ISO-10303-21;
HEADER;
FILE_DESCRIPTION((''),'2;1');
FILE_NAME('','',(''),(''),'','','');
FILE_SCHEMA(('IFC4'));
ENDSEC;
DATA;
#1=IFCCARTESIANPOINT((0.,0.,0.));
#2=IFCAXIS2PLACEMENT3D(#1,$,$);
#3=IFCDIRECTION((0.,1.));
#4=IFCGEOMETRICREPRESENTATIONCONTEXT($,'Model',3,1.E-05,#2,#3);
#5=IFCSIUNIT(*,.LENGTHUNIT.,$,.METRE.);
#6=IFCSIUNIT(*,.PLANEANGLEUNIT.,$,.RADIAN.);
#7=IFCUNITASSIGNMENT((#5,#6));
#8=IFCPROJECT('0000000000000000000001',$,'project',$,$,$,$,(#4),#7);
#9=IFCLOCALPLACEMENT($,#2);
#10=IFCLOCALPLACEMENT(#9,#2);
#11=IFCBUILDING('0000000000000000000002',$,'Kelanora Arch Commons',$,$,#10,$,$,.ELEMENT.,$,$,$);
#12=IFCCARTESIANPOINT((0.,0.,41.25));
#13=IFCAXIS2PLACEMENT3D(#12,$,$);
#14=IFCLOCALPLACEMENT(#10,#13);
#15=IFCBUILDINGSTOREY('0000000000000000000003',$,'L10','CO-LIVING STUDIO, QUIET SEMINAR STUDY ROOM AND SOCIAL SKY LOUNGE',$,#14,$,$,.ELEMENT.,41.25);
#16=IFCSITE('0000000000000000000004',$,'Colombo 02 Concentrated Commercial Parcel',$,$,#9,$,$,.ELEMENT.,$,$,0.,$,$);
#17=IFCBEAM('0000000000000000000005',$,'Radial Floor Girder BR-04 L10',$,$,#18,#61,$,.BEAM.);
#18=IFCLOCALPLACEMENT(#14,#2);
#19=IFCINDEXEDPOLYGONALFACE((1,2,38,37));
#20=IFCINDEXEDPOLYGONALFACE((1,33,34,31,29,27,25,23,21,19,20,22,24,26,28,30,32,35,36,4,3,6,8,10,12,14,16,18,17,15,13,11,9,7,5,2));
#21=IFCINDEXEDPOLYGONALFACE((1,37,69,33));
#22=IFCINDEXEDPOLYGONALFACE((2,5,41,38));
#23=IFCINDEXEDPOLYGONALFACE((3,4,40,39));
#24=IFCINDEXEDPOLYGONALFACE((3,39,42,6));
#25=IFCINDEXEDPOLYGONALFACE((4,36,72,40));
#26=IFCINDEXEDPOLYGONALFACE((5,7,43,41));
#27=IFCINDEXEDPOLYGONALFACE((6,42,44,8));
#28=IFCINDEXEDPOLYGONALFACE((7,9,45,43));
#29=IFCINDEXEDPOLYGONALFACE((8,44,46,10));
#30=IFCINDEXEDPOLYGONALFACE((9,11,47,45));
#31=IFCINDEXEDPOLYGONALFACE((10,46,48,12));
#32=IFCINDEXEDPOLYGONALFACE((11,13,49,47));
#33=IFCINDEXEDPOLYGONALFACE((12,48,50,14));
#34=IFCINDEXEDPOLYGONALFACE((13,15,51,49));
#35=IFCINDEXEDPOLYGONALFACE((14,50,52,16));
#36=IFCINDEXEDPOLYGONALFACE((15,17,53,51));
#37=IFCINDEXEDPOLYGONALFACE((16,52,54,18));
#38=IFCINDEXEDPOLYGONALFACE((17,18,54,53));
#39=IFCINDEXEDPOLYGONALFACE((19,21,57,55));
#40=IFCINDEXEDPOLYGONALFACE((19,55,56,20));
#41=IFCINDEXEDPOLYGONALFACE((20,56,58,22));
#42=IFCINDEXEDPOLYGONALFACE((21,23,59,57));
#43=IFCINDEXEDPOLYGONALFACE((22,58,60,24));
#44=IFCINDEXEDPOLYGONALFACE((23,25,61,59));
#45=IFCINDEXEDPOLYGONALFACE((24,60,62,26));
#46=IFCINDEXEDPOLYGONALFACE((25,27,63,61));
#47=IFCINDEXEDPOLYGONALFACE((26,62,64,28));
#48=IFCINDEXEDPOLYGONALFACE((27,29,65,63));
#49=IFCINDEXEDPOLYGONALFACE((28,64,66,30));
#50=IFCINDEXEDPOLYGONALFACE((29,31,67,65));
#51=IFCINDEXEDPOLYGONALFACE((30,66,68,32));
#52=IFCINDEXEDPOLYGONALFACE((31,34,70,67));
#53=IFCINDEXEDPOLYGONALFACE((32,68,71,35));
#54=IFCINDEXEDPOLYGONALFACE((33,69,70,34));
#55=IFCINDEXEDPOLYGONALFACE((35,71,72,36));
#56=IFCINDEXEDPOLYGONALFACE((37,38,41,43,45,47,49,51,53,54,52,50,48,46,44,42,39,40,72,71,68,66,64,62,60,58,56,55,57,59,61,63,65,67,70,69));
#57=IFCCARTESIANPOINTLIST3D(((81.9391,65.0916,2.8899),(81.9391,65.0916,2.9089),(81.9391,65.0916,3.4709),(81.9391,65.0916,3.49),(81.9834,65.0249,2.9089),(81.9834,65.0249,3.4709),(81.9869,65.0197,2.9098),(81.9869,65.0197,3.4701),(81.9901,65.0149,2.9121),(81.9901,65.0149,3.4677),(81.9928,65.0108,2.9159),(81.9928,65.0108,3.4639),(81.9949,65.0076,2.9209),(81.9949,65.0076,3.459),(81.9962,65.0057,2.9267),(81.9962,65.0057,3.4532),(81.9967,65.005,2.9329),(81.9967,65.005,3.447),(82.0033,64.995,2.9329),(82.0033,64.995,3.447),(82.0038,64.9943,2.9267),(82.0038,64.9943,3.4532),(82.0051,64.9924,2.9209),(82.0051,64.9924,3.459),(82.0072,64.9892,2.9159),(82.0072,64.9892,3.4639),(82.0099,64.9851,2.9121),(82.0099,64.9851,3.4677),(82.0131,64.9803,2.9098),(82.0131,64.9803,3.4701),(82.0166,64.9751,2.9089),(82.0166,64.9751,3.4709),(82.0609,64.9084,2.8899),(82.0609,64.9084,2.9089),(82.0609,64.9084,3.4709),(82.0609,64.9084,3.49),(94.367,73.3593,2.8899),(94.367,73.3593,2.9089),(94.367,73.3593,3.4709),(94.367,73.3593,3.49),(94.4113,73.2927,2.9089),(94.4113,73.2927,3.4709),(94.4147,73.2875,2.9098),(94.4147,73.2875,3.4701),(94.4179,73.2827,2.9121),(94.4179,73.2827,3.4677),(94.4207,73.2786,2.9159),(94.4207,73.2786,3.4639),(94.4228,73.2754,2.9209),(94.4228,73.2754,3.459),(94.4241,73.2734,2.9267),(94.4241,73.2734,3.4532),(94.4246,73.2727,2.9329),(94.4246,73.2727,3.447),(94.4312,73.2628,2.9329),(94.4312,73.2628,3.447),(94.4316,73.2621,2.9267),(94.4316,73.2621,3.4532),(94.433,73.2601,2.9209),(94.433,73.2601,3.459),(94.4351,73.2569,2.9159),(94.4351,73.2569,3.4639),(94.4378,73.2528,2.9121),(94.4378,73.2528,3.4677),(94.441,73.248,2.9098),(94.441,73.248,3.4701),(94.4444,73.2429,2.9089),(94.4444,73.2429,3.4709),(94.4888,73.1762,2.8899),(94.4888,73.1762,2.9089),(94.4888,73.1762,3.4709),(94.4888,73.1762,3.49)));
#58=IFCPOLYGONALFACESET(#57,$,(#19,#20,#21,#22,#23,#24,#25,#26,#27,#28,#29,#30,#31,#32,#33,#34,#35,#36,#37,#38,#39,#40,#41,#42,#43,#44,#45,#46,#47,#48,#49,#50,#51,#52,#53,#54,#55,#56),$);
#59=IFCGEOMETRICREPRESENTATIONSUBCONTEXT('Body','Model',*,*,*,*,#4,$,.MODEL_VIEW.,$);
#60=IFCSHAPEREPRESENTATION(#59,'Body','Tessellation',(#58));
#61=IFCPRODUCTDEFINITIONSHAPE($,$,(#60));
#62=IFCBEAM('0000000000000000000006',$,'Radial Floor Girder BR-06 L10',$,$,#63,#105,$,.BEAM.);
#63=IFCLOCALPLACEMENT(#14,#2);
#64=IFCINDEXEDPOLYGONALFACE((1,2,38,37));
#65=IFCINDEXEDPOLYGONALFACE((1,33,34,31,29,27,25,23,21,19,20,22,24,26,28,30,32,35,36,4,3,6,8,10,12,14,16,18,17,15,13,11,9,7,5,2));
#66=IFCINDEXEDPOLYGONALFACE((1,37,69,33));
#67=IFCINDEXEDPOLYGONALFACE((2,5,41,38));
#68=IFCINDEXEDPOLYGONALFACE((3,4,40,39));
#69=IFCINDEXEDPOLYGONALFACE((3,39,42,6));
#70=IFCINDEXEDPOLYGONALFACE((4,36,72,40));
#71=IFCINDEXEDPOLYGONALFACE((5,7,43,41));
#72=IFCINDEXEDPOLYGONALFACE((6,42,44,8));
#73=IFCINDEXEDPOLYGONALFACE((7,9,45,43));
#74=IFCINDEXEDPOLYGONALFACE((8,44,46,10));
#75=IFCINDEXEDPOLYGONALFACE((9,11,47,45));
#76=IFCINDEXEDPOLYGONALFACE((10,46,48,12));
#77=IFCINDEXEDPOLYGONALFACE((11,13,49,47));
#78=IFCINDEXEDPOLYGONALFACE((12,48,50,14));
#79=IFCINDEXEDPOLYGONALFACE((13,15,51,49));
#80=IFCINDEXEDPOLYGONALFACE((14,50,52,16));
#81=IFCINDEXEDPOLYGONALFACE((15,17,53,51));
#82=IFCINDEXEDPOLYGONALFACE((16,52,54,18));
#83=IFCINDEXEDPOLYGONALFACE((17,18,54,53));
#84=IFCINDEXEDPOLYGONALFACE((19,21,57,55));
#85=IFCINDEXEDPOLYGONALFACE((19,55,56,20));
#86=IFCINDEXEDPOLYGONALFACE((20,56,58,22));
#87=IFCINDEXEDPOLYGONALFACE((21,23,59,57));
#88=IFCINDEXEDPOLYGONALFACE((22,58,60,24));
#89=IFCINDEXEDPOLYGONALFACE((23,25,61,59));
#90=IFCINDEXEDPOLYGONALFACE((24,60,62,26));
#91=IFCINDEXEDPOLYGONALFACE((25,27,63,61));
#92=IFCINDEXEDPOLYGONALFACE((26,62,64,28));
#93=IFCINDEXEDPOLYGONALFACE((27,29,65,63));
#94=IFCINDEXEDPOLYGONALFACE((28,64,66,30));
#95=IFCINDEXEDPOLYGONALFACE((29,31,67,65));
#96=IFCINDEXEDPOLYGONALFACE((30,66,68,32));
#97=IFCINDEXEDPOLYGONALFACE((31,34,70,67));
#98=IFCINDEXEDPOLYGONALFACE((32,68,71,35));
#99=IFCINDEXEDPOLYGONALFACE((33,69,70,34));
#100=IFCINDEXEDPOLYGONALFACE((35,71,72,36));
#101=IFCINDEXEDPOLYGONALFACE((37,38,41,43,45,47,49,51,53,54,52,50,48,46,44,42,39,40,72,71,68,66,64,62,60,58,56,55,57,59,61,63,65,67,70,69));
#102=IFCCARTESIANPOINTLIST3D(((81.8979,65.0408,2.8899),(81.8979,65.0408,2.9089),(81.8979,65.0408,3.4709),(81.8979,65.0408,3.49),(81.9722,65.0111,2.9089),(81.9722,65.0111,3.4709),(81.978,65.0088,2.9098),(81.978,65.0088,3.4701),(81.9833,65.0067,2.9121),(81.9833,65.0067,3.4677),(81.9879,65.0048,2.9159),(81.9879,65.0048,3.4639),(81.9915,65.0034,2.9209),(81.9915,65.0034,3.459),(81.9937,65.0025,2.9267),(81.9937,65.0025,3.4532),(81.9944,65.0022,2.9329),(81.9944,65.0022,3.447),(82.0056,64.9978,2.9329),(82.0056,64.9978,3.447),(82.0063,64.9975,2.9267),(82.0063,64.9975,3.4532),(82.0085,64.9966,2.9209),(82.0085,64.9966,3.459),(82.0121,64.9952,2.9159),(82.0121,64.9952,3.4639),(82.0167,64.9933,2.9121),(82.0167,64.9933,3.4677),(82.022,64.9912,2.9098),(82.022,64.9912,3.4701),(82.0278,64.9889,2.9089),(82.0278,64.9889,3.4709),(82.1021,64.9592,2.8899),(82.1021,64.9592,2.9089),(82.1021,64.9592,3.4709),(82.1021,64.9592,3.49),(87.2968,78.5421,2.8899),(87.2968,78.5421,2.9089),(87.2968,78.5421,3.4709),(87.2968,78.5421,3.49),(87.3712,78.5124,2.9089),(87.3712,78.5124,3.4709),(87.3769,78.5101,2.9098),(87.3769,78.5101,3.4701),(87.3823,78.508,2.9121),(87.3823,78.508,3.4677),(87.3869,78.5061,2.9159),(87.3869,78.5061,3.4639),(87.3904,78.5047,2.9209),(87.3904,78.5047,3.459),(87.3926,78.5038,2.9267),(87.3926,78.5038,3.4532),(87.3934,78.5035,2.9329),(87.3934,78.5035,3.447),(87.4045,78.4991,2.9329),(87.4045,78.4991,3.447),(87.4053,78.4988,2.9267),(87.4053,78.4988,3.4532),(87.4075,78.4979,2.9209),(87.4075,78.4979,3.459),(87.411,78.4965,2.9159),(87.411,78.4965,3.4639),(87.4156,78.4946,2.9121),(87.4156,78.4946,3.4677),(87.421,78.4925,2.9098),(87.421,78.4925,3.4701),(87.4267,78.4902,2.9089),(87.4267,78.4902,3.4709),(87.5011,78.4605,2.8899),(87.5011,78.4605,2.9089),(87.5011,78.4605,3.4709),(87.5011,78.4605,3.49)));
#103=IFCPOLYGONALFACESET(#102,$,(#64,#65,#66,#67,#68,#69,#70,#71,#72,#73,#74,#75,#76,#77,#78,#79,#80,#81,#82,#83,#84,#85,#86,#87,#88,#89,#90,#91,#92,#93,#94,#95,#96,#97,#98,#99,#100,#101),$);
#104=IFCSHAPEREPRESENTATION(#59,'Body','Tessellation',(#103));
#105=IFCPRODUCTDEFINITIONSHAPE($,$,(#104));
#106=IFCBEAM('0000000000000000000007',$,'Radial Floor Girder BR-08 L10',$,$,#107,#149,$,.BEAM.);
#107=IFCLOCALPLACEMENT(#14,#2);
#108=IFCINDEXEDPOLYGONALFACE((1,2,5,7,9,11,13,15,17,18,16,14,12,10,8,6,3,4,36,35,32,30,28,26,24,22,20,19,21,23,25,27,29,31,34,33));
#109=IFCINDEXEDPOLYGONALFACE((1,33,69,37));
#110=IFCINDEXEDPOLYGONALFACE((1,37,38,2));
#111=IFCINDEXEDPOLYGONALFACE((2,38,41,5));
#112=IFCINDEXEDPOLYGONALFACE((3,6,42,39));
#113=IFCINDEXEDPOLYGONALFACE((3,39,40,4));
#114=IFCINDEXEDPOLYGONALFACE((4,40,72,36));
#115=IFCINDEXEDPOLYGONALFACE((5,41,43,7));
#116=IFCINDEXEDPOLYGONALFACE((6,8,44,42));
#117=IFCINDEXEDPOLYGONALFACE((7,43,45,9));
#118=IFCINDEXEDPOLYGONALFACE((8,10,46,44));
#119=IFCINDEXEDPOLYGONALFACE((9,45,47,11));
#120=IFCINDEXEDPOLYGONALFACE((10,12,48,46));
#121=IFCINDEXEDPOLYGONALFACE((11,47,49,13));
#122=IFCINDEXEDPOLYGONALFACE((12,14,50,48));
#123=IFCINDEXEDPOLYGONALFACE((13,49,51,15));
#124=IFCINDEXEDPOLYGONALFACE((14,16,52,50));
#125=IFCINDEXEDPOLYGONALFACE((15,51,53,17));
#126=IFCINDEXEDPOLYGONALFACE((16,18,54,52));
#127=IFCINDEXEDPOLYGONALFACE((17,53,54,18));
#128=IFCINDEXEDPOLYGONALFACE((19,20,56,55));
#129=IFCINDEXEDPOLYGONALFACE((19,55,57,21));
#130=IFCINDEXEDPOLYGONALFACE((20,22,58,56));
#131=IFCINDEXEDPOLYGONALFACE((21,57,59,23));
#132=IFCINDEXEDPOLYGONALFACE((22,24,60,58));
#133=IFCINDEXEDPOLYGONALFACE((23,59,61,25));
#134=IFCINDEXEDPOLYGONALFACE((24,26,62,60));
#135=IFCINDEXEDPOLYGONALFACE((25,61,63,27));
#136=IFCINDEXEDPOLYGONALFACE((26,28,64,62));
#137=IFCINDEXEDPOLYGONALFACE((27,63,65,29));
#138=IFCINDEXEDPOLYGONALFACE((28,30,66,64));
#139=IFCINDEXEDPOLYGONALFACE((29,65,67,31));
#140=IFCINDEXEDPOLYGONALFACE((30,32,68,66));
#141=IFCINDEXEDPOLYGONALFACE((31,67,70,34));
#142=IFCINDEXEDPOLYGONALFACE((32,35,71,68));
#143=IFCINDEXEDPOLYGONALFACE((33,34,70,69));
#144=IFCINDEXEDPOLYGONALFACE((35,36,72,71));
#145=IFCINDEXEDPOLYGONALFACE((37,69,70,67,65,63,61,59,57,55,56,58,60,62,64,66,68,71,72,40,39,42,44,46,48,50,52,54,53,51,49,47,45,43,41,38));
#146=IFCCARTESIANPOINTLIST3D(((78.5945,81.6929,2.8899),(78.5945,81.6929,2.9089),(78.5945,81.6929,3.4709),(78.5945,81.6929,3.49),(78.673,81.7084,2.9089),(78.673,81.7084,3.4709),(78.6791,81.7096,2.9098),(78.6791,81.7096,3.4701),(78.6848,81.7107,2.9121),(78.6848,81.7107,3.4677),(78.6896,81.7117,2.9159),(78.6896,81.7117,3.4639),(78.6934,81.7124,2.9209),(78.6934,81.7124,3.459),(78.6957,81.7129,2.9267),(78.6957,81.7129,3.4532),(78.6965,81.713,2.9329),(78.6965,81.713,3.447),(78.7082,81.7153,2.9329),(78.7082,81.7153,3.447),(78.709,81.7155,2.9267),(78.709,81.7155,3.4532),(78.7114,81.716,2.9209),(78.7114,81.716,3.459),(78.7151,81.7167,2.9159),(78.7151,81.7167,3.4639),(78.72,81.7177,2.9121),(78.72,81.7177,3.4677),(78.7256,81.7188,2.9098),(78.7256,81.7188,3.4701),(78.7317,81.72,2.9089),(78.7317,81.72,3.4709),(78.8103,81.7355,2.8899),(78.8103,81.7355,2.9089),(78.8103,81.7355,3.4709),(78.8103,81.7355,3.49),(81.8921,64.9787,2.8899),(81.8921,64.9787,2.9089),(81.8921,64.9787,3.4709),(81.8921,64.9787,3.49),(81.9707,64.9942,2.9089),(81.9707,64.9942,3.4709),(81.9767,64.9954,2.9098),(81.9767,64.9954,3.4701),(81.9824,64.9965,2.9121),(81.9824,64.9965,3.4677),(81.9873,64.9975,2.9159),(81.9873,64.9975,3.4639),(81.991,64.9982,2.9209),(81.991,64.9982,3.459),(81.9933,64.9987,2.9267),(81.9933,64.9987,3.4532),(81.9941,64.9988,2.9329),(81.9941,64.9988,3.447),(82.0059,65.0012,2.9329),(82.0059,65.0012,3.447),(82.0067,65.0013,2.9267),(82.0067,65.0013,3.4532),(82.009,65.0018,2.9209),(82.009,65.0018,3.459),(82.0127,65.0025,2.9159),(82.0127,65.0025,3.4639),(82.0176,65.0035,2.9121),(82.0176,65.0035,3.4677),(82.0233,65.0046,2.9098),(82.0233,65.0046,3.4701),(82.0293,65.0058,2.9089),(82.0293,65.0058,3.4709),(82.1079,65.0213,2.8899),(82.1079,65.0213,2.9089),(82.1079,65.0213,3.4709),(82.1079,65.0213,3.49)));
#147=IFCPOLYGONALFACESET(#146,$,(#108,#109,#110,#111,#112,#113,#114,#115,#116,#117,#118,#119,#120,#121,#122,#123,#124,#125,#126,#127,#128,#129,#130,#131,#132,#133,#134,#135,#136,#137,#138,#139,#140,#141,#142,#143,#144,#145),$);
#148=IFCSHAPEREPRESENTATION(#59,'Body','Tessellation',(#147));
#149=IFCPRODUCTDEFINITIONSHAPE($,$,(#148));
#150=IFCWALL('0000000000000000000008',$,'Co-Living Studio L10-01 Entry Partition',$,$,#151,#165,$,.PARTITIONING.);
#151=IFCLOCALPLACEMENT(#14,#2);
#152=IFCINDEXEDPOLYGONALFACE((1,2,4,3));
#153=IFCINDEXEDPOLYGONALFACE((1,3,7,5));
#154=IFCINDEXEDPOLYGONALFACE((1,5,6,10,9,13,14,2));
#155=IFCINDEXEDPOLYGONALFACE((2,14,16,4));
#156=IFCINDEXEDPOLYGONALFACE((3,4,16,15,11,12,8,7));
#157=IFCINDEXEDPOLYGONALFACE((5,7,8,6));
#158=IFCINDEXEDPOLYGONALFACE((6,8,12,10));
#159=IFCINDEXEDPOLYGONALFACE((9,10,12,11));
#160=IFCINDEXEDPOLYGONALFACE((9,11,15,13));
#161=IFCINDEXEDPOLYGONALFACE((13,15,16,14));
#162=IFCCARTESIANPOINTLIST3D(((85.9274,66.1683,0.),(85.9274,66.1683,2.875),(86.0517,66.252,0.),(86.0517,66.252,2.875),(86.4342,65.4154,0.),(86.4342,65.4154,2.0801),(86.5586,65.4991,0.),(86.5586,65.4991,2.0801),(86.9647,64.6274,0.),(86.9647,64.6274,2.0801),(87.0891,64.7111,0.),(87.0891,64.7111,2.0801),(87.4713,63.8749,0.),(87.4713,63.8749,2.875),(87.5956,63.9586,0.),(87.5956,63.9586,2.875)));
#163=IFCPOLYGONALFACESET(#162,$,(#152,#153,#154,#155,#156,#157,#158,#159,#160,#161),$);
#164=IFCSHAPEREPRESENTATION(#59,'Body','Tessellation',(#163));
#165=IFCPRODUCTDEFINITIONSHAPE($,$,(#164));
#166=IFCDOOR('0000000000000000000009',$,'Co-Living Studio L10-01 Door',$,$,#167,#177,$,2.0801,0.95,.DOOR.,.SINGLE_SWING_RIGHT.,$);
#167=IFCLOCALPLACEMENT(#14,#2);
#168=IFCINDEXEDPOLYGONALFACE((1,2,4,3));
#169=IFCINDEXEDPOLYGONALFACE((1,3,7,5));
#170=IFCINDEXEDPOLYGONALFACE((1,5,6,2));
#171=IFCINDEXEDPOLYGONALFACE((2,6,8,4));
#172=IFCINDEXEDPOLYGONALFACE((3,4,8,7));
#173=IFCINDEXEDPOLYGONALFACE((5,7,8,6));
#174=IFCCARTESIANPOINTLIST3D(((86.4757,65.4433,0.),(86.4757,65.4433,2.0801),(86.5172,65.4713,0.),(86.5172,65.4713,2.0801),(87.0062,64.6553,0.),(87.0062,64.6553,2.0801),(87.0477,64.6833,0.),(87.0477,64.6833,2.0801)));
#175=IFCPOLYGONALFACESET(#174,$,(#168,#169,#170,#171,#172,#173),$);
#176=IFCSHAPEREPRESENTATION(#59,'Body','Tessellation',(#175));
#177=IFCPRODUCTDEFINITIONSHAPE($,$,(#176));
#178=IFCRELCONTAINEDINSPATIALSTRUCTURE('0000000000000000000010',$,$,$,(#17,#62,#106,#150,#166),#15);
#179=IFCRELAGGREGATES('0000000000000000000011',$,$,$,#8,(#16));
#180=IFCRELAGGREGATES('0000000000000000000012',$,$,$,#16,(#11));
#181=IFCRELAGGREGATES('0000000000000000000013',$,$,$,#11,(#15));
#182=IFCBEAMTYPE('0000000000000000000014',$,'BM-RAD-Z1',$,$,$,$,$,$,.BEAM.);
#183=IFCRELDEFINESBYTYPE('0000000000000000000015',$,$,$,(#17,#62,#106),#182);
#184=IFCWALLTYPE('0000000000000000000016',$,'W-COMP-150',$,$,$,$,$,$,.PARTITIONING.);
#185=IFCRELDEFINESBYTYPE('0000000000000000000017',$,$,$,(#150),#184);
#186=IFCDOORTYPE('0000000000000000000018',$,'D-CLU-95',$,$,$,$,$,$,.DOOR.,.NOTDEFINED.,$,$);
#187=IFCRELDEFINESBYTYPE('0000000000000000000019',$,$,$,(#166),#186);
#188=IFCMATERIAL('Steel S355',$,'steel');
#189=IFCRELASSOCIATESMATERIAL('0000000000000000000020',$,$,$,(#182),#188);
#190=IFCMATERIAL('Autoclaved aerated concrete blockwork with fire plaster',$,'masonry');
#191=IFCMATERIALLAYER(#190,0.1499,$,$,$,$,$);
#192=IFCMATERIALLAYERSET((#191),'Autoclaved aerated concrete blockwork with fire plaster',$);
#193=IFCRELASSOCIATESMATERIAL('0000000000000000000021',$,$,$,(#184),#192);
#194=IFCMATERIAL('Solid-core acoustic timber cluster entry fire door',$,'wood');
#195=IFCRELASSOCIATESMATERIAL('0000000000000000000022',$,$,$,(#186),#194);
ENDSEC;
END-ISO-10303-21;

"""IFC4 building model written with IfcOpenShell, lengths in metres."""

from ifc_helpers import new_model, si_unit, direction, frame, frame_2d, origin, origin_2d, place, context, subcontext, project, spatial, rectangle, i_section, extrude, material, layer, layer_set, material_profile, profile_set, type_object, element, fill, save


model = new_model("IFC4")

# Units and contexts
model_context = context("Model", 3, precision=1e-05, world=origin(), true_north=direction((0.0, 1.0)))
body_context = subcontext(model_context, "Body", "Model", "MODEL_VIEW")
ifc_project = project(units=[si_unit("LENGTHUNIT", "METRE"), si_unit("PLANEANGLEUNIT", "RADIAN")], contexts=[model_context])

# Site, building, storey
site_placement = place(None, origin())
site = spatial("IfcSite", under=ifc_project, at=site_placement, Name="Colombo 02 Concentrated Commercial Parcel", CompositionType="ELEMENT", RefElevation=0.0)
building_placement = place(site_placement, origin())
building = spatial("IfcBuilding", under=site, at=building_placement, Name="Kelanora Arch Commons", CompositionType="ELEMENT")
storey_placement = place(building_placement, frame((0.0, 0.0, 41.25)))
storey = spatial("IfcBuildingStorey", under=building, at=storey_placement, Name="L10", Description="CO-LIVING STUDIO, QUIET SEMINAR STUDY ROOM AND SOCIAL SKY LOUNGE", CompositionType="ELEMENT", Elevation=41.25)

# Beams
ifc_material_1 = material(Name="Steel S355", Category="steel")
ifc_material_profile_1 = material_profile(ifc_material_1, i_section(OverallWidth=0.22, OverallDepth=0.6001, WebThickness=0.012, FlangeThickness=0.019, FilletRadius=0.0239, at=origin_2d()), Name="IPE600")
ifc_profile_set_1 = profile_set([ifc_material_profile_1], Name="Steel S355")
beam_type_1 = type_object("IfcBeamType", Name="BM-RAD-Z1", PredefinedType="BEAM", material=ifc_profile_set_1)
beam_1_placement = place(storey_placement, frame((82.0, 65.0, 3.1899), z_axis=(0.832591, 0.553888, 0.0), x_axis=(-0.553888, 0.832591, 0.0)))
element("IfcBeam", 1, at=beam_1_placement, inside=storey, type_object=beam_type_1, Name="Radial Floor Girder BR-04 L10", PredefinedType="BEAM", context=body_context, shape_type="SweptSolid", body=[
    extrude(i_section(OverallWidth=0.22, OverallDepth=0.6001, WebThickness=0.012, FlangeThickness=0.019, FilletRadius=0.0239, at=origin_2d()), origin(), (0.0, 0.0, 1.0), 14.9268),
])
beam_2_placement = place(storey_placement, frame((82.0, 65.0, 3.1899), z_axis=(0.371298, 0.928514, 0.0), x_axis=(-0.928514, 0.371298, 0.0)))
element("IfcBeam", 2, at=beam_2_placement, inside=storey, type_object=beam_type_1, Name="Radial Floor Girder BR-06 L10", PredefinedType="BEAM", context=body_context, shape_type="SweptSolid", body=[
    extrude(i_section(OverallWidth=0.22, OverallDepth=0.6001, WebThickness=0.012, FlangeThickness=0.019, FilletRadius=0.0239, at=origin_2d()), origin(), (0.0, 0.0, 1.0), 14.5408),
])
beam_3_placement = place(storey_placement, frame((82.0, 65.0, 3.1899), z_axis=(-0.193564, 0.981088, 0.0), x_axis=(-0.981088, -0.193564, 0.0)))
element("IfcBeam", 3, at=beam_3_placement, inside=storey, type_object=beam_type_1, Name="Radial Floor Girder BR-08 L10", PredefinedType="BEAM", context=body_context, shape_type="SweptSolid", body=[
    extrude(i_section(OverallWidth=0.22, OverallDepth=0.6001, WebThickness=0.012, FlangeThickness=0.019, FilletRadius=0.0239, at=origin_2d()), origin(), (0.0, 0.0, 1.0), 17.0364),
])

# Wall, opening, door
ifc_material_2 = material(Name="Autoclaved aerated concrete blockwork with fire plaster", Category="masonry")
ifc_layer_1 = layer(ifc_material_2, 0.1499)
ifc_layer_set_1 = layer_set([ifc_layer_1], Name="Autoclaved aerated concrete blockwork with fire plaster")
wall_type_1 = type_object("IfcWallType", Name="W-COMP-150", PredefinedType="PARTITIONING", material=ifc_layer_set_1)
wall_1_placement = place(storey_placement, frame((87.5334, 63.9167, 0.0), z_axis=(0.0, 0.0, 1.0), x_axis=(-0.558444, 0.829542, 0.0)))
wall_1 = element("IfcWall", 4, at=wall_1_placement, inside=storey, type_object=wall_type_1, Name="Co-Living Studio L10-01 Entry Partition", PredefinedType="PARTITIONING", context=body_context, shape_type="SweptSolid", body=[
    extrude(rectangle(XDim=2.7646, YDim=0.1499, at=frame_2d((1.3823, 0.0))), origin(), (0.0, 0.0, 1.0), 2.875),
])
opening_1_placement = place(wall_1_placement, frame((0.907, 0.0, 0.0)))
opening_1 = element("IfcOpeningElement", 5, at=opening_1_placement, cuts=wall_1, PredefinedType="OPENING", context=body_context, shape_type="SweptSolid", body=[
    extrude(rectangle(XDim=0.95, YDim=2.0801, at=frame_2d((0.4751, 1.04))), frame((0.0, 0.085, 0.0), z_axis=(0.0, -1.0, 0.0), x_axis=(1.0, 0.0, 0.0)), (0.0, 0.0, 1.0), 0.1699),
])
ifc_material_3 = material(Name="Solid-core acoustic timber cluster entry fire door", Category="wood")
door_type_1 = type_object("IfcDoorType", Name="D-CLU-95", OperationType="NOTDEFINED", PredefinedType="DOOR", material=ifc_material_3)
door_1_placement = place(opening_1_placement, origin())
door_1 = element("IfcDoor", 6, at=door_1_placement, inside=storey, type_object=door_type_1, Name="Co-Living Studio L10-01 Door", OperationType="SINGLE_SWING_RIGHT", OverallHeight=2.0801, OverallWidth=0.95, PredefinedType="DOOR", context=body_context, shape_type="SweptSolid", body=[
    extrude(rectangle(XDim=0.95, YDim=2.0801, at=frame_2d((0.4751, 1.04))), frame((0.0, 0.0249, 0.0), z_axis=(0.0, -1.0, 0.0), x_axis=(1.0, 0.0, 0.0)), (0.0, 0.0, 1.0), 0.05),
])
fill(opening_1, door_1)

save(model, "model.ifc")
